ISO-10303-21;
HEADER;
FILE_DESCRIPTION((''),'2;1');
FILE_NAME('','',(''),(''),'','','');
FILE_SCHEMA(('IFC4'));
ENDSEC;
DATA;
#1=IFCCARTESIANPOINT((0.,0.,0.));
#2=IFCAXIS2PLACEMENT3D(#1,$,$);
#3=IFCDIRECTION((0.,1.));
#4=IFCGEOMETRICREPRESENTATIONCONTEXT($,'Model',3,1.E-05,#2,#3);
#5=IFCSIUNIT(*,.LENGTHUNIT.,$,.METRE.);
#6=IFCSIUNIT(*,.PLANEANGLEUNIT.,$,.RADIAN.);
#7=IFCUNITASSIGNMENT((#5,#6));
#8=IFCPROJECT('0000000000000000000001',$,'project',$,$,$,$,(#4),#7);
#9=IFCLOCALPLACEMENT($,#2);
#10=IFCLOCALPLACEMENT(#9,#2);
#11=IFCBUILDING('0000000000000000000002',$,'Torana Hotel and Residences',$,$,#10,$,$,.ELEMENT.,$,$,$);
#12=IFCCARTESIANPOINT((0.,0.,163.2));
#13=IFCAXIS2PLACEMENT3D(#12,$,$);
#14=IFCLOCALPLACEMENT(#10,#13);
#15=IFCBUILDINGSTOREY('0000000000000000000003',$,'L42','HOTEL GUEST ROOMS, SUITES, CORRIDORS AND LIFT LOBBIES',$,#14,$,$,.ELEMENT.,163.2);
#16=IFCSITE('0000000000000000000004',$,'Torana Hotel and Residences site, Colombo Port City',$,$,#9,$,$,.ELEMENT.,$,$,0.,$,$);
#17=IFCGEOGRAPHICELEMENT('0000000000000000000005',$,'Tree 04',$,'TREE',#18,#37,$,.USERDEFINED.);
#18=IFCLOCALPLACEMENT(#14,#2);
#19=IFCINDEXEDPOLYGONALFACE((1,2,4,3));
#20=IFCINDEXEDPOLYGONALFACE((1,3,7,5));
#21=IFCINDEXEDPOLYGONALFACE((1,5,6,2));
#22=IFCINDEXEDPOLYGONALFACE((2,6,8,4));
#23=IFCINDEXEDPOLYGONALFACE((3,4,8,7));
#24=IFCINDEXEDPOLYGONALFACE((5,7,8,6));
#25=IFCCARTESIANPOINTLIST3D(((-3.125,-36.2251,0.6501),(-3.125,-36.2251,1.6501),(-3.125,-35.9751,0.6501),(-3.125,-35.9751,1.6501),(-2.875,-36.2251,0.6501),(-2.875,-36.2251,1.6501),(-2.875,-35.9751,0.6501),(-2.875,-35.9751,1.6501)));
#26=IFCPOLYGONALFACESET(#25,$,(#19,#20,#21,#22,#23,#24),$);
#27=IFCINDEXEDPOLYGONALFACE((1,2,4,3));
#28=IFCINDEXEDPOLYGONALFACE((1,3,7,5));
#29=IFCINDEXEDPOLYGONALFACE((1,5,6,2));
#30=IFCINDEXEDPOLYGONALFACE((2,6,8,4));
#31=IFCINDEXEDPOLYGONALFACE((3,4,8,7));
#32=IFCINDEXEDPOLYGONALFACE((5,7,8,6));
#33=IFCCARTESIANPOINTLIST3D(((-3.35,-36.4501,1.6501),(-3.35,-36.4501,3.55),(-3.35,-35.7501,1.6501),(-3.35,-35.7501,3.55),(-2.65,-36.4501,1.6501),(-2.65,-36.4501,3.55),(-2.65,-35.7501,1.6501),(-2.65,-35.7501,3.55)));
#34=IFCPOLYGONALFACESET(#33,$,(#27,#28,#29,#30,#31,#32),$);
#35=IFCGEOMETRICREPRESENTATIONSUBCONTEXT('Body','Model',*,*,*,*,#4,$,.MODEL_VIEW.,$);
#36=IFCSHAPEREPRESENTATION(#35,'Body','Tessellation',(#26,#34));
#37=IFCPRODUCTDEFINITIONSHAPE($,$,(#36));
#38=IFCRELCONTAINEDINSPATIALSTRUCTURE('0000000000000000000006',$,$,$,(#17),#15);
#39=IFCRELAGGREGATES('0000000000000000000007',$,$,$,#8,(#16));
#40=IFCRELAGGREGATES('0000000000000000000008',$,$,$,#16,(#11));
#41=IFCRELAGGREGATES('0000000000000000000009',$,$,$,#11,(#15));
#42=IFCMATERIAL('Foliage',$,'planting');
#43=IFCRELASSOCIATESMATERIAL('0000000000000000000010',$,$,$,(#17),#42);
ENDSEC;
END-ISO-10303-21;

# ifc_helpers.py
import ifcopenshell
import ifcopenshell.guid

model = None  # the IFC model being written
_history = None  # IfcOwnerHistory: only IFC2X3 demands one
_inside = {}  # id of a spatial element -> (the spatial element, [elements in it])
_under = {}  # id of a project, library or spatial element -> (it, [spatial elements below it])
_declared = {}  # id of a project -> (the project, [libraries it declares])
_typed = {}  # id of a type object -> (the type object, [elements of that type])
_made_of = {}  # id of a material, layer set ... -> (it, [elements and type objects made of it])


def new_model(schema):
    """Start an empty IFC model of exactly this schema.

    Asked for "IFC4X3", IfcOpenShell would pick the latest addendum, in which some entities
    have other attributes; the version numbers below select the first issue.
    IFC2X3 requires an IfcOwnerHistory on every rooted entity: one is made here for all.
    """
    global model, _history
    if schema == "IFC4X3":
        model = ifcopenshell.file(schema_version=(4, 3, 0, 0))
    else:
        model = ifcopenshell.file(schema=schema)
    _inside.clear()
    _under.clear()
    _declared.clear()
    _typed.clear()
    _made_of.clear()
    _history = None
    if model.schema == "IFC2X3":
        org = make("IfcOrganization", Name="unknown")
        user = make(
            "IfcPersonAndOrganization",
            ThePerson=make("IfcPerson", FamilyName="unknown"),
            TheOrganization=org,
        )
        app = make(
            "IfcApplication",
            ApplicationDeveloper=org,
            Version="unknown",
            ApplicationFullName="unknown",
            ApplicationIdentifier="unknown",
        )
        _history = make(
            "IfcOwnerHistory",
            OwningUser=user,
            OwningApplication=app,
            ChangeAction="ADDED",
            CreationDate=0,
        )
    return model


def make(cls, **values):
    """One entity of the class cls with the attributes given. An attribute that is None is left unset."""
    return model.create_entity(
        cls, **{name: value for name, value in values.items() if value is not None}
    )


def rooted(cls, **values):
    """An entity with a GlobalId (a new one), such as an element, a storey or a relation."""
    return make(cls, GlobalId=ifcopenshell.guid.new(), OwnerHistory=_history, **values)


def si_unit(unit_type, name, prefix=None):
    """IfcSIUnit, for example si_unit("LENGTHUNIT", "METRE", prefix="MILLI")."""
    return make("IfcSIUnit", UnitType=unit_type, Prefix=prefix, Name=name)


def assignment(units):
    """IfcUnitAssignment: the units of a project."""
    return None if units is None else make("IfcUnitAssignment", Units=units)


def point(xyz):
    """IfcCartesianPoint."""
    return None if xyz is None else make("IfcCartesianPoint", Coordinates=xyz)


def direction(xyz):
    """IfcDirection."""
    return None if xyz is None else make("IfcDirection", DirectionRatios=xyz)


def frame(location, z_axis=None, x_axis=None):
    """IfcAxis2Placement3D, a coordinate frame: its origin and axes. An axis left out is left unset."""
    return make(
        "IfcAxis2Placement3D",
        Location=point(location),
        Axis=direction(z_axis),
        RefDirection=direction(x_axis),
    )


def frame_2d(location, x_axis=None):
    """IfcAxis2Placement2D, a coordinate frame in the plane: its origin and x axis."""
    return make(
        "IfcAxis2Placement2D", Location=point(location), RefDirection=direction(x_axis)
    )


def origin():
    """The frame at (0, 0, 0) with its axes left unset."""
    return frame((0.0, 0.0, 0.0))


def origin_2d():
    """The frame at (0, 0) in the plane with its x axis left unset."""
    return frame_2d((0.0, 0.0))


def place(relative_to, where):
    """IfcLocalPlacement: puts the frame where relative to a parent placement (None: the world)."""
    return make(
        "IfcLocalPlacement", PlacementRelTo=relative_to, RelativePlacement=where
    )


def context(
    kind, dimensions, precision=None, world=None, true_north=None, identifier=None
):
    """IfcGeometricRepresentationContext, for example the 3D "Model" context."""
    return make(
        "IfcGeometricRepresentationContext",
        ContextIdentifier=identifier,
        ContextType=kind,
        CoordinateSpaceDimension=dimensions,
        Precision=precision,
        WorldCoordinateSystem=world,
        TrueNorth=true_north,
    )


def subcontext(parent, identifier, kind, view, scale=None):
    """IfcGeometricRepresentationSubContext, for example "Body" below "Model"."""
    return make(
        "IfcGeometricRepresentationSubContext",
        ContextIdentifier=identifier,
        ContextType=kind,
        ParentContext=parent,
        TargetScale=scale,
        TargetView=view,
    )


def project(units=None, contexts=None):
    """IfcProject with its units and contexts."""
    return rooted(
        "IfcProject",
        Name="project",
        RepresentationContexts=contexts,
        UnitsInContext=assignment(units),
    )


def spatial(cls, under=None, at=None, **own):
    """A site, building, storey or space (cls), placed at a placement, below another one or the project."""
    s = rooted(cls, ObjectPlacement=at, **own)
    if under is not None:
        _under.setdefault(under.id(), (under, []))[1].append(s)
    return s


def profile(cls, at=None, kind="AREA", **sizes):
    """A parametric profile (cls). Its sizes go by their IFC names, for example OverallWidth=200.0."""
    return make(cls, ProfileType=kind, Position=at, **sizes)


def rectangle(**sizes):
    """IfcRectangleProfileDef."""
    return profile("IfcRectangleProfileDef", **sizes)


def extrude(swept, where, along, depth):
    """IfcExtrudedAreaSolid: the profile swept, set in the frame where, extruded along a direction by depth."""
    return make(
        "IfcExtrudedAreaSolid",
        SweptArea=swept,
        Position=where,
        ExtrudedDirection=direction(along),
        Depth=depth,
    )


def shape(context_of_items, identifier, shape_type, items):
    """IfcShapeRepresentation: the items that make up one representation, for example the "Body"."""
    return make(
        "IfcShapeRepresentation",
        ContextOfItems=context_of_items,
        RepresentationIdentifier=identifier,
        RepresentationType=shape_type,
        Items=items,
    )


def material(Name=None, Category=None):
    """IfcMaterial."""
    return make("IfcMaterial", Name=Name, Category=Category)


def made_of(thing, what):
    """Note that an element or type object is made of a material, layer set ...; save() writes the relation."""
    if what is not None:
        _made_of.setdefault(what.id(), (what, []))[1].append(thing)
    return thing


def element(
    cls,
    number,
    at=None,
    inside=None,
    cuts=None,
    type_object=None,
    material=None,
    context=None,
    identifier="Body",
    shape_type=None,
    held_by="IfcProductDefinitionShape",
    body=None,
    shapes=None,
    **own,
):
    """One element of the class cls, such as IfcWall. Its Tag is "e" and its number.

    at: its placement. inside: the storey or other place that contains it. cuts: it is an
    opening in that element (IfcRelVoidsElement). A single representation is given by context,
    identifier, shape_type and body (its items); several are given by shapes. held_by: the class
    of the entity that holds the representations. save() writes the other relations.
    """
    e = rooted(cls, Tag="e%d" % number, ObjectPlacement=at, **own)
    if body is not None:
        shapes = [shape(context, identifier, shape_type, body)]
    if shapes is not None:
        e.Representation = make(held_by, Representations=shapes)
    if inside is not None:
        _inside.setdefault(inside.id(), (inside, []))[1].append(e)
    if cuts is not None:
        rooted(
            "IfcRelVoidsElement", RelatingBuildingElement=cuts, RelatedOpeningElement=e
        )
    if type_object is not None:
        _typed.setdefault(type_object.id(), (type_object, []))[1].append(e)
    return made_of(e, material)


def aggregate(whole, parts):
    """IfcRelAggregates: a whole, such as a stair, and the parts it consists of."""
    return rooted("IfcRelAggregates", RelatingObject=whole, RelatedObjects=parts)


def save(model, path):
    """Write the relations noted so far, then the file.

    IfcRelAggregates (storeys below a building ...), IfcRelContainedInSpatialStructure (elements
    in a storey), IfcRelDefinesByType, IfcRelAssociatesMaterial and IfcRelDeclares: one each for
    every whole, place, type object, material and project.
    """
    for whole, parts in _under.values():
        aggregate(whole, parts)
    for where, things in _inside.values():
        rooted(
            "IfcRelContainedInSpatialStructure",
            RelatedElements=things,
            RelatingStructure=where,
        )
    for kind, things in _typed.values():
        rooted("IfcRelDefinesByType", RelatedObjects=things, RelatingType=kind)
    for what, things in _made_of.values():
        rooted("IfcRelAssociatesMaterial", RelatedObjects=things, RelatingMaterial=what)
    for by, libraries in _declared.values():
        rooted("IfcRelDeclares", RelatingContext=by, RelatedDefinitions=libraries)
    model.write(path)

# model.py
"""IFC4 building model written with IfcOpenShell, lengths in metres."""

from ifc_helpers import new_model, si_unit, direction, frame, origin, origin_2d, place, context, subcontext, project, spatial, rectangle, extrude, material, element, save


model = new_model("IFC4")

# Units and contexts
model_context = context("Model", 3, precision=1e-05, world=origin(), true_north=direction((0.0, 1.0)))
body_context = subcontext(model_context, "Body", "Model", "MODEL_VIEW")
ifc_project = project(units=[si_unit("LENGTHUNIT", "METRE"), si_unit("PLANEANGLEUNIT", "RADIAN")], contexts=[model_context])

# Site, building, storey
site_placement = place(None, origin())
site = spatial("IfcSite", under=ifc_project, at=site_placement, Name="Torana Hotel and Residences site, Colombo Port City", CompositionType="ELEMENT", RefElevation=0.0)
building_placement = place(site_placement, origin())
building = spatial("IfcBuilding", under=site, at=building_placement, Name="Torana Hotel and Residences", CompositionType="ELEMENT")
storey_placement = place(building_placement, frame((0.0, 0.0, 163.2)))
storey = spatial("IfcBuildingStorey", under=building, at=storey_placement, Name="L42", Description="HOTEL GUEST ROOMS, SUITES, CORRIDORS AND LIFT LOBBIES", CompositionType="ELEMENT", Elevation=163.2)

# Geographic element
ifc_material_1 = material(Name="Foliage", Category="planting")
for number, where, z_axis, x_axis, name in (
    (1, (-3.0, -36.1001, 0.6501), (0.0, 0.0, 1.0), (1.0, 0.0, 0.0), "Tree 04"),
):
    element("IfcGeographicElement", number, at=place(storey_placement, frame(where, z_axis=z_axis, x_axis=x_axis)), inside=storey, material=ifc_material_1, Name=name, ObjectType="TREE", PredefinedType="USERDEFINED", context=body_context, shape_type="SweptSolid", body=[
        extrude(rectangle(XDim=0.25, YDim=0.25, at=origin_2d()), origin(), (0.0, 0.0, 1.0), 1.0),
        extrude(rectangle(XDim=0.7, YDim=0.7, at=origin_2d()), frame((0.0, 0.0, 1.0)), (0.0, 0.0, 1.0), 1.8999),
    ])

save(model, "model.ifc")
